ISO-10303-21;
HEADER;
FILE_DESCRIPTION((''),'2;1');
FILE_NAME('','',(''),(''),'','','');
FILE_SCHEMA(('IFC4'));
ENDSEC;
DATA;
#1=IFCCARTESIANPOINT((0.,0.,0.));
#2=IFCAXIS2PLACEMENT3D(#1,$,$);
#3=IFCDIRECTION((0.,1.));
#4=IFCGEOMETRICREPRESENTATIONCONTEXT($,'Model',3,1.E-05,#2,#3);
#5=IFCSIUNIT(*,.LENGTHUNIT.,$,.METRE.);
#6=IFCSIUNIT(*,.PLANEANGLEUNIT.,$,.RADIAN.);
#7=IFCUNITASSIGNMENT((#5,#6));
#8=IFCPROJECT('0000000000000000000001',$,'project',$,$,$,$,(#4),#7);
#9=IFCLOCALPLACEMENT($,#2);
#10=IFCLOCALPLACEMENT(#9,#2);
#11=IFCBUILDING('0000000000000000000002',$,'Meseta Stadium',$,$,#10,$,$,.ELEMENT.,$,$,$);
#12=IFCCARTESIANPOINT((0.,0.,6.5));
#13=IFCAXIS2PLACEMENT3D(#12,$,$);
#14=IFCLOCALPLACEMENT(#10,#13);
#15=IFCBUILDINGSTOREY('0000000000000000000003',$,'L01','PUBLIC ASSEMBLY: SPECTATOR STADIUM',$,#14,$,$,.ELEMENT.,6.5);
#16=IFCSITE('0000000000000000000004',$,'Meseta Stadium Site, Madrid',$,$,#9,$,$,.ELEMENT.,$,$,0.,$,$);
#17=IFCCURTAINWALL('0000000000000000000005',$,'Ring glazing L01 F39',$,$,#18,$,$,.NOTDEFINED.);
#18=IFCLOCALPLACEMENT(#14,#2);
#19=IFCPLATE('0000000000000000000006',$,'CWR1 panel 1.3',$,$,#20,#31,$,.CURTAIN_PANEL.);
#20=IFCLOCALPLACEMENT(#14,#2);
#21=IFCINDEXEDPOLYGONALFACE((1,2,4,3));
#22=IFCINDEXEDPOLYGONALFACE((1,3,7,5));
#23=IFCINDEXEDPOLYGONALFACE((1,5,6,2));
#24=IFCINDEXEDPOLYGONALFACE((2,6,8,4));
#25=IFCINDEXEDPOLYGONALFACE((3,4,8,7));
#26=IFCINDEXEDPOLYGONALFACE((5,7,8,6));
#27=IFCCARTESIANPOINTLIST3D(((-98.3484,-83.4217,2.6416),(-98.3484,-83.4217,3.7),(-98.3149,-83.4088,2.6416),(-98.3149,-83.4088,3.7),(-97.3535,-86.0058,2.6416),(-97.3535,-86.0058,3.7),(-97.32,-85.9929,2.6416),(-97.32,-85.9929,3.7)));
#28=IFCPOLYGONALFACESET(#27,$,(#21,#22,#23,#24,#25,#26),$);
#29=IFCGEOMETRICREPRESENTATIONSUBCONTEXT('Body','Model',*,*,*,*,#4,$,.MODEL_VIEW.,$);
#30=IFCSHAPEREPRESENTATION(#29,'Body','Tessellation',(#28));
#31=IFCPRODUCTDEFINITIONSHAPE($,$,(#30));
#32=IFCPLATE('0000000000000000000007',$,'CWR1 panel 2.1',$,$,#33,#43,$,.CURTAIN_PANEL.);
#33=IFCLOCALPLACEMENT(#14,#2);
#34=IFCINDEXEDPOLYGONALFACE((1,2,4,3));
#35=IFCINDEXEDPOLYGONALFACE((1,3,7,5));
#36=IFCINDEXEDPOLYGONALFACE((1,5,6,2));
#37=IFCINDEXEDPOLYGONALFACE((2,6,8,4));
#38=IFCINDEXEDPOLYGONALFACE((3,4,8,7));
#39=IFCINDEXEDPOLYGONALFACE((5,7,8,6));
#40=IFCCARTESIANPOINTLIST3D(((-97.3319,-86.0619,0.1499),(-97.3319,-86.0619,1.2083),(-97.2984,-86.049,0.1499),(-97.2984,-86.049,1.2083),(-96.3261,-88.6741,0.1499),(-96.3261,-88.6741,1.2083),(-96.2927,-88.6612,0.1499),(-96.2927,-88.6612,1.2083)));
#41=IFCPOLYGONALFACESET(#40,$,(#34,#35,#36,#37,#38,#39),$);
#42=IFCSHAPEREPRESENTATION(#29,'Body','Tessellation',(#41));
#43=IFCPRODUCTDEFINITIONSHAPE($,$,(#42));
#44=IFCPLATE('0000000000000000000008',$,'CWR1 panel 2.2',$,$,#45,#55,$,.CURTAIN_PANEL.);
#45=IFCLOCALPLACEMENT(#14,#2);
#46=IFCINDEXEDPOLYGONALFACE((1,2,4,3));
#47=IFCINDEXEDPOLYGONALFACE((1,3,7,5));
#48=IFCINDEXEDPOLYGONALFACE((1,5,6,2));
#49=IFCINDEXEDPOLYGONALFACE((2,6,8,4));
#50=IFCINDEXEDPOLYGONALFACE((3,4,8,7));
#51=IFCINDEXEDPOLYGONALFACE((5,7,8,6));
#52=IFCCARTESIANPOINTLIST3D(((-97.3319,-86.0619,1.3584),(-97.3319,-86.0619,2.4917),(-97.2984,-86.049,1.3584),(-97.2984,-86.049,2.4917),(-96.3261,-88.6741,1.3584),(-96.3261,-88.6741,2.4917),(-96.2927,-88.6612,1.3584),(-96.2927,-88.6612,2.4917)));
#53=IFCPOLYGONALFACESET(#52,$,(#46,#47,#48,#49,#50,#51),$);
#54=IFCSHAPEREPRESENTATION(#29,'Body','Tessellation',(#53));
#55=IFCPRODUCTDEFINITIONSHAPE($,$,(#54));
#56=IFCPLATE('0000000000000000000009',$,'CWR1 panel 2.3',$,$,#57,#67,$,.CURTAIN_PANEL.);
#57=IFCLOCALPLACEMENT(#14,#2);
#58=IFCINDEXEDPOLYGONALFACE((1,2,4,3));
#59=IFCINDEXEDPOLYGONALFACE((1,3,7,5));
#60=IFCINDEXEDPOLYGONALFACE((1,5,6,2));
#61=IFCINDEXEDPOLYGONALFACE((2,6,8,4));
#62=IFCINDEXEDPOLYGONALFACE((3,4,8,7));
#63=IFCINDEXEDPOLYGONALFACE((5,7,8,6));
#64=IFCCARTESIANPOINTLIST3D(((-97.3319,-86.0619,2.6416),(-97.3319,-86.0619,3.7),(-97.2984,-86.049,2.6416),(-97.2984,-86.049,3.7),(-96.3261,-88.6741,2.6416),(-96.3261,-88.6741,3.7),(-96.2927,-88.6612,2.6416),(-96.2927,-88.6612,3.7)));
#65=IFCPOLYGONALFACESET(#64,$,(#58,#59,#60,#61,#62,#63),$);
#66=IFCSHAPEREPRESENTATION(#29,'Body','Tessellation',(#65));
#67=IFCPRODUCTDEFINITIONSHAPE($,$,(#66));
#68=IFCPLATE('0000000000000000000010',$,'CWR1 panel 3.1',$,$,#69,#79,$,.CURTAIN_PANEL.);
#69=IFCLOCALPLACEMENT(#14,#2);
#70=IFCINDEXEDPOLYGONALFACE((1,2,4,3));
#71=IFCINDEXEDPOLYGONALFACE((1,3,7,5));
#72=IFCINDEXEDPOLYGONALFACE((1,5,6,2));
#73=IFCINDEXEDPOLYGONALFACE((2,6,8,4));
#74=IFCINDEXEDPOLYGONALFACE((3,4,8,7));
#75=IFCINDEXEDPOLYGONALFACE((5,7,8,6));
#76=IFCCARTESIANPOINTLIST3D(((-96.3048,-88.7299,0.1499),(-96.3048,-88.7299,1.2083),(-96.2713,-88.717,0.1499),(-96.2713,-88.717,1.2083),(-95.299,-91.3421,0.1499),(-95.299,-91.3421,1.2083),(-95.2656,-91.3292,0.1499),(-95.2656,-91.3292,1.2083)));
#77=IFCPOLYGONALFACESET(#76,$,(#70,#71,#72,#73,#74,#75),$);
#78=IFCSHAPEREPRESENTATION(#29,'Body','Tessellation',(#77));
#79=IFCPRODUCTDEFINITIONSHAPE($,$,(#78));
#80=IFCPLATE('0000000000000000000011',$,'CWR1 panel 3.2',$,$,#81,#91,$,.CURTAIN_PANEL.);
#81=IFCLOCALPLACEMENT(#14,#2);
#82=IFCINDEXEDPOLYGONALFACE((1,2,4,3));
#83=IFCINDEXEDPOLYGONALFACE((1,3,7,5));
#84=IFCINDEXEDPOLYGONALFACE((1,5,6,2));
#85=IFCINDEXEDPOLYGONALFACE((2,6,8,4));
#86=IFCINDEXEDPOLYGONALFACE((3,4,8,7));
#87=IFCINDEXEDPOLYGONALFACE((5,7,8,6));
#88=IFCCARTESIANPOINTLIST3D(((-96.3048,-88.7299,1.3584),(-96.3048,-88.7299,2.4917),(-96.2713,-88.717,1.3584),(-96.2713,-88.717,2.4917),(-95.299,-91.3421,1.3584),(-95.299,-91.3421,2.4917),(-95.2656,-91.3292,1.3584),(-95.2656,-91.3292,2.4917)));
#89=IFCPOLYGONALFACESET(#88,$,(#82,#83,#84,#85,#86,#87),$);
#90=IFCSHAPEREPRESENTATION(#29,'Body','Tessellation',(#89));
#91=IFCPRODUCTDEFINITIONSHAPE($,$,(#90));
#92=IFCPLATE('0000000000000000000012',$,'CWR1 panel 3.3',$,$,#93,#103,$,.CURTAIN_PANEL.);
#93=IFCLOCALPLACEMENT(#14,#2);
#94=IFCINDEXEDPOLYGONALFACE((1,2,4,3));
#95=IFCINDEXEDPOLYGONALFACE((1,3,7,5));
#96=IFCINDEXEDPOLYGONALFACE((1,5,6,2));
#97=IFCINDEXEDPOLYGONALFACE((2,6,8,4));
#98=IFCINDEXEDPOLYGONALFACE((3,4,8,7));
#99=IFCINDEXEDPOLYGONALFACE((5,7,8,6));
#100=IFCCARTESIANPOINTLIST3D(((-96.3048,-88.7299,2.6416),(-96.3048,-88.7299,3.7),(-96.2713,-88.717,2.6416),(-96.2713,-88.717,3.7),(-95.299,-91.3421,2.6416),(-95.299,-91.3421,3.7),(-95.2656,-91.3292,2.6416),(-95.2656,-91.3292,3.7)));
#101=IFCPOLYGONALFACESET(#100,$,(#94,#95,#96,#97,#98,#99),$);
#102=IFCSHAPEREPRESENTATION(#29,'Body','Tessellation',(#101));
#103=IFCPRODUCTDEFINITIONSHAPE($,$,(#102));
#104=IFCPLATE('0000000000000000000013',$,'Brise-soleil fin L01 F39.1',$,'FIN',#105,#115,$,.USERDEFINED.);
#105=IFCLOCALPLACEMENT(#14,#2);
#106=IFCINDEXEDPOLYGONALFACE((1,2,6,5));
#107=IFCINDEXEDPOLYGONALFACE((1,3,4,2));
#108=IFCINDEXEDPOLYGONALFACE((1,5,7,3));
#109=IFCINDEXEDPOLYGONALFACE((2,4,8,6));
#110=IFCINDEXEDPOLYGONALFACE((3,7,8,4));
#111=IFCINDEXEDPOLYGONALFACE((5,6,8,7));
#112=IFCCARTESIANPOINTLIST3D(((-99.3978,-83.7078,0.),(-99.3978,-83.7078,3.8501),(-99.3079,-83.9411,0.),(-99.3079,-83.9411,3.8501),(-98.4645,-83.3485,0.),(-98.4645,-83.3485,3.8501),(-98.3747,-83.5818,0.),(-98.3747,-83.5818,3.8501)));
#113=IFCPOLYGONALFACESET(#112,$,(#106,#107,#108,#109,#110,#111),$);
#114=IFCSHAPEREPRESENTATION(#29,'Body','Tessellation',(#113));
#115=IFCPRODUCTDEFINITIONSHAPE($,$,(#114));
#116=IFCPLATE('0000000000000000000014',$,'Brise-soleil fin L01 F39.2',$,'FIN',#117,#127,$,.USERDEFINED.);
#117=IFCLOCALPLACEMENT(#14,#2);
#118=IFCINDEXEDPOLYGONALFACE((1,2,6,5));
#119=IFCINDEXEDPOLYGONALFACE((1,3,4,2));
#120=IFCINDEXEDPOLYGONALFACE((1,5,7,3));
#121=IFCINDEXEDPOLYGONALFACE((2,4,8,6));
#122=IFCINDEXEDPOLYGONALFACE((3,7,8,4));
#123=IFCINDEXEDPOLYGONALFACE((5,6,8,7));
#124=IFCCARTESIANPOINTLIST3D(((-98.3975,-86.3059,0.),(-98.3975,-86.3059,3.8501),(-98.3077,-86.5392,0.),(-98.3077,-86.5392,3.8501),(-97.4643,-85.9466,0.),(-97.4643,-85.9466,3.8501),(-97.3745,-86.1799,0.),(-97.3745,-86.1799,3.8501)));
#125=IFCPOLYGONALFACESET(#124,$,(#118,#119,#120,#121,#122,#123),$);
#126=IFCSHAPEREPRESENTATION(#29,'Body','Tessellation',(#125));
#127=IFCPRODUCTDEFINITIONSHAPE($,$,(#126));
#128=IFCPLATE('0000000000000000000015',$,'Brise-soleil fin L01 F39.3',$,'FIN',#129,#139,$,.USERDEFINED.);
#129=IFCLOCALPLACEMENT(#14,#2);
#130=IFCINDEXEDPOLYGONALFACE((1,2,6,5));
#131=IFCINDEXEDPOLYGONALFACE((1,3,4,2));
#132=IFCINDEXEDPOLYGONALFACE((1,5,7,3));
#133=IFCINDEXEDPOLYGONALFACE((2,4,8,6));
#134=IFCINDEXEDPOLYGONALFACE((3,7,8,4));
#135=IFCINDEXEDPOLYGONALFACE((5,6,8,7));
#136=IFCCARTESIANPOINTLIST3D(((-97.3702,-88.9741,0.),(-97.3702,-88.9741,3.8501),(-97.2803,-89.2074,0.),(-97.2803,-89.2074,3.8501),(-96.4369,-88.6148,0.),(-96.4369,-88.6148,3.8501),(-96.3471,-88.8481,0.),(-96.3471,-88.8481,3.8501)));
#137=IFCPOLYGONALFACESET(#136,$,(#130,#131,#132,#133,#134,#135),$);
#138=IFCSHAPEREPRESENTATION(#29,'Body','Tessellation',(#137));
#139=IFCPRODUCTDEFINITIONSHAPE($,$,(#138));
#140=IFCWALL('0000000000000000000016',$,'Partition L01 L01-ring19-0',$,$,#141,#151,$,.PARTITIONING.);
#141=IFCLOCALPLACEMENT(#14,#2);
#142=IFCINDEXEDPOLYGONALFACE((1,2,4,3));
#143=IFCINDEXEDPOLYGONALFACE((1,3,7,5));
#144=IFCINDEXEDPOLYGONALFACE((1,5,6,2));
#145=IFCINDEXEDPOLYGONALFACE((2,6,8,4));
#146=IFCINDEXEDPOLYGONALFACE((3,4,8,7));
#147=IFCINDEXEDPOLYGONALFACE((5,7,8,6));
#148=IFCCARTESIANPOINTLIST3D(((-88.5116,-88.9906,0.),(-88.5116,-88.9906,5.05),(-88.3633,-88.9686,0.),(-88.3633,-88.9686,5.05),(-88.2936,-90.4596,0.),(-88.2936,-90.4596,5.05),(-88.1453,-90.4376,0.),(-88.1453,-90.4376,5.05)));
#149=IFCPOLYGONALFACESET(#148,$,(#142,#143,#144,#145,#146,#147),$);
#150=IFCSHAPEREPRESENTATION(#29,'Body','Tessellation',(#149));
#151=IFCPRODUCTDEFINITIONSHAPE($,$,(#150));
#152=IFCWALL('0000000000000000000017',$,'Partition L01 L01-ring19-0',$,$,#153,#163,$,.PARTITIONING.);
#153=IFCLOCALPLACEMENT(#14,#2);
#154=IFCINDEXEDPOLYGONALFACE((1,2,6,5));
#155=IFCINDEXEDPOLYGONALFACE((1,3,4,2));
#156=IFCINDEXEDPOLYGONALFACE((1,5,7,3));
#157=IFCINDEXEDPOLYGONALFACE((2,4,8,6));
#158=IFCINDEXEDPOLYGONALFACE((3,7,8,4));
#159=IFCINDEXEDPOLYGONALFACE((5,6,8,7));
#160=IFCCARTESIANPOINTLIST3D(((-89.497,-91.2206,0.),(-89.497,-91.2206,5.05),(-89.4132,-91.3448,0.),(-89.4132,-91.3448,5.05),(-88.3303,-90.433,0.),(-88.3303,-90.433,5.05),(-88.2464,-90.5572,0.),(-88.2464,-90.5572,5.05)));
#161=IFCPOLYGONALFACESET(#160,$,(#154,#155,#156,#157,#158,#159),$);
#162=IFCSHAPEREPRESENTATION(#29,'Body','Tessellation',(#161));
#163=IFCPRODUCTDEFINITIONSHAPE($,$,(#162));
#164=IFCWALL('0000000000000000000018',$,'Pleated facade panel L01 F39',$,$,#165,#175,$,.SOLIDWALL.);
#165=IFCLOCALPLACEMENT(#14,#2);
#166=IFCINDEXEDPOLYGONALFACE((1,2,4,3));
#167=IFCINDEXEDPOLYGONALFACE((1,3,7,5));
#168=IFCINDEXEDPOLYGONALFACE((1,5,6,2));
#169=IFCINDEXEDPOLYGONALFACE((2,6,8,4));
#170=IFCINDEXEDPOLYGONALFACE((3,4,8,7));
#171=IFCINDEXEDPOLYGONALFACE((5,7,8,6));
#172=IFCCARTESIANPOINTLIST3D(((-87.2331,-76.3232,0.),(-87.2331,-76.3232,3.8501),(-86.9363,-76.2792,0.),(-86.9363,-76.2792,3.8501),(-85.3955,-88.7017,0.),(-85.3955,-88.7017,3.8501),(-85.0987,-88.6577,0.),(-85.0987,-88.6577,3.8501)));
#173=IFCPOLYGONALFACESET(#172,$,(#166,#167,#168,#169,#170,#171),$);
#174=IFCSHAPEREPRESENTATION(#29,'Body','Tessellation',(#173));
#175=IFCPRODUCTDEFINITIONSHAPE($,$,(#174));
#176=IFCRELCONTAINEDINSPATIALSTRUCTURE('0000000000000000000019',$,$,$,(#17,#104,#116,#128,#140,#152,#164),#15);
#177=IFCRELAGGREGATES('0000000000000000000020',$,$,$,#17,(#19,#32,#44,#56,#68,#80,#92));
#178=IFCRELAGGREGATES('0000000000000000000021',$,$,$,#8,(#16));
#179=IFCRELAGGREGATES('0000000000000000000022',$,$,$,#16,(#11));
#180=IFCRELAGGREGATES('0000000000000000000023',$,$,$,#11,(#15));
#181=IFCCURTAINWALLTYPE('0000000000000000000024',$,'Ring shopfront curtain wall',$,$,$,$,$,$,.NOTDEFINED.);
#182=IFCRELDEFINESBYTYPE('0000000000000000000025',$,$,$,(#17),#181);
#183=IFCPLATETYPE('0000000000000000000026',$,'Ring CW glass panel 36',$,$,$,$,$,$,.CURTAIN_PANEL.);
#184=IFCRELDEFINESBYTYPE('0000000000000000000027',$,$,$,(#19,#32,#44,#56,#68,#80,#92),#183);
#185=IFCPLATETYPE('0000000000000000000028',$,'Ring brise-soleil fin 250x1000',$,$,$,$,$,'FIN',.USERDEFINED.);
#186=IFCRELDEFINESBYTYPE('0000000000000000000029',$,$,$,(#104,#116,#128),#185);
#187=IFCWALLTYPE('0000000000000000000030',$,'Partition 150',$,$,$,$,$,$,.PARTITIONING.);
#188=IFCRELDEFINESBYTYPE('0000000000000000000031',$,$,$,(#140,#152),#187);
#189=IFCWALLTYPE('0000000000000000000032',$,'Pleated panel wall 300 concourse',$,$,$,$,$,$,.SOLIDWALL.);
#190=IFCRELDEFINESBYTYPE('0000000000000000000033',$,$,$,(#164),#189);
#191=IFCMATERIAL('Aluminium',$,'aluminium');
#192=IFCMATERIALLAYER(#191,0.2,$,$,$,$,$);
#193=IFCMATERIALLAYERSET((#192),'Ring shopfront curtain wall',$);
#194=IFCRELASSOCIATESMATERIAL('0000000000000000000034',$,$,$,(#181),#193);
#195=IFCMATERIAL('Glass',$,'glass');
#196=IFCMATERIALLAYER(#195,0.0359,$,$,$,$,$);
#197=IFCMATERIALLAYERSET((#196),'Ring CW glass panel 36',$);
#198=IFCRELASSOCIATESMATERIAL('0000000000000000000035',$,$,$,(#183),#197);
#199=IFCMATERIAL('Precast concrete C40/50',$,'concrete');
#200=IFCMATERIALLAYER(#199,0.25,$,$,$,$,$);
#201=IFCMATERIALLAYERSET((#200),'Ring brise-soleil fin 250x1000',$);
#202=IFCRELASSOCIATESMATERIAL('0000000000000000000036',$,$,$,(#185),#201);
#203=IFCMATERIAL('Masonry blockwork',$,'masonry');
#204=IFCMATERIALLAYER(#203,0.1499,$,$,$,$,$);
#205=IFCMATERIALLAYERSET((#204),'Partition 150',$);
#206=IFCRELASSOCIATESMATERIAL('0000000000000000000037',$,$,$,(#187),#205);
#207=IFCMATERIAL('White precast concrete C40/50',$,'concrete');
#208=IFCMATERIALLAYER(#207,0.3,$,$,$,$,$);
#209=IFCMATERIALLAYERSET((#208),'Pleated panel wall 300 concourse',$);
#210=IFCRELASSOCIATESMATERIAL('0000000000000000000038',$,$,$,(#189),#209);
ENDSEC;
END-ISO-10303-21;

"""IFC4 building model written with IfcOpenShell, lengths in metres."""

from ifc_helpers import new_model, si_unit, direction, frame, frame_2d, origin, origin_2d, place, context, subcontext, project, spatial, rectangle, extrude, material, layer, layer_set, type_object, element, aggregate, save


model = new_model("IFC4")

# Units and contexts
model_context = context("Model", 3, precision=1e-05, world=origin(), true_north=direction((0.0, 1.0)))
body_context = subcontext(model_context, "Body", "Model", "MODEL_VIEW")
ifc_project = project(units=[si_unit("LENGTHUNIT", "METRE"), si_unit("PLANEANGLEUNIT", "RADIAN")], contexts=[model_context])

# Site, building, storey
site_placement = place(None, origin())
site = spatial("IfcSite", under=ifc_project, at=site_placement, Name="Meseta Stadium Site, Madrid", CompositionType="ELEMENT", RefElevation=0.0)
building_placement = place(site_placement, origin())
building = spatial("IfcBuilding", under=site, at=building_placement, Name="Meseta Stadium", CompositionType="ELEMENT")
storey_placement = place(building_placement, frame((0.0, 0.0, 6.5)))
storey = spatial("IfcBuildingStorey", under=building, at=storey_placement, Name="L01", Description="PUBLIC ASSEMBLY: SPECTATOR STADIUM", CompositionType="ELEMENT", Elevation=6.5)

# Curtain wall, plates
ifc_material_1 = material(Name="Aluminium", Category="aluminium")
ifc_layer_1 = layer(ifc_material_1, 0.2)
ifc_layer_set_1 = layer_set([ifc_layer_1], Name="Ring shopfront curtain wall")
curtain_wall_type = type_object("IfcCurtainWallType", Name="Ring shopfront curtain wall", PredefinedType="NOTDEFINED", material=ifc_layer_set_1)
curtain_wall_placement = place(storey_placement, origin())
curtain_wall = element("IfcCurtainWall", 1, at=curtain_wall_placement, inside=storey, type_object=curtain_wall_type, Name="Ring glazing L01 F39", PredefinedType="NOTDEFINED")
ifc_material_2 = material(Name="Glass", Category="glass")
ifc_layer_2 = layer(ifc_material_2, 0.0359)
ifc_layer_set_2 = layer_set([ifc_layer_2], Name="Ring CW glass panel 36")
plate_type_1 = type_object("IfcPlateType", Name="Ring CW glass panel 36", PredefinedType="CURTAIN_PANEL", material=ifc_layer_set_2)
plate_1_placement = place(storey_placement, frame((-97.8342, -84.7073, 2.6416), z_axis=(0.0, 0.0, 1.0), x_axis=(0.359302, -0.933221, 0.0)))
plate_1 = element("IfcPlate", 2, at=plate_1_placement, type_object=plate_type_1, Name="CWR1 panel 1.3", PredefinedType="CURTAIN_PANEL", context=body_context, shape_type="SweptSolid", body=[
    extrude(rectangle(XDim=2.769, YDim=0.0359, at=origin_2d()), origin(), (0.0, 0.0, 1.0), 1.0583),
])
plate_2_placement = place(storey_placement, frame((-96.8123, -87.3616, 0.1499), z_axis=(0.0, 0.0, 1.0), x_axis=(0.359302, -0.933221, 0.0)))
plate_2 = element("IfcPlate", 3, at=plate_2_placement, type_object=plate_type_1, Name="CWR1 panel 2.1", PredefinedType="CURTAIN_PANEL", context=body_context, shape_type="SweptSolid", body=[
    extrude(rectangle(XDim=2.7991, YDim=0.0359, at=origin_2d()), origin(), (0.0, 0.0, 1.0), 1.0583),
])
plate_3_placement = place(storey_placement, frame((-96.8123, -87.3616, 1.3584), z_axis=(0.0, 0.0, 1.0), x_axis=(0.359302, -0.933221, 0.0)))
plate_3 = element("IfcPlate", 4, at=plate_3_placement, type_object=plate_type_1, Name="CWR1 panel 2.2", PredefinedType="CURTAIN_PANEL", context=body_context, shape_type="SweptSolid", body=[
    extrude(rectangle(XDim=2.7991, YDim=0.0359, at=origin_2d()), origin(), (0.0, 0.0, 1.0), 1.1333),
])
plate_4_placement = place(storey_placement, frame((-96.8123, -87.3616, 2.6416), z_axis=(0.0, 0.0, 1.0), x_axis=(0.359302, -0.933221, 0.0)))
plate_4 = element("IfcPlate", 5, at=plate_4_placement, type_object=plate_type_1, Name="CWR1 panel 2.3", PredefinedType="CURTAIN_PANEL", context=body_context, shape_type="SweptSolid", body=[
    extrude(rectangle(XDim=2.7991, YDim=0.0359, at=origin_2d()), origin(), (0.0, 0.0, 1.0), 1.0583),
])
plate_5_placement = place(storey_placement, frame((-95.7852, -90.0295, 0.1499), z_axis=(0.0, 0.0, 1.0), x_axis=(0.359302, -0.933221, 0.0)))
plate_5 = element("IfcPlate", 6, at=plate_5_placement, type_object=plate_type_1, Name="CWR1 panel 3.1", PredefinedType="CURTAIN_PANEL", context=body_context, shape_type="SweptSolid", body=[
    extrude(rectangle(XDim=2.7991, YDim=0.0359, at=origin_2d()), origin(), (0.0, 0.0, 1.0), 1.0583),
])
plate_6_placement = place(storey_placement, frame((-95.7852, -90.0295, 1.3584), z_axis=(0.0, 0.0, 1.0), x_axis=(0.359302, -0.933221, 0.0)))
plate_6 = element("IfcPlate", 7, at=plate_6_placement, type_object=plate_type_1, Name="CWR1 panel 3.2", PredefinedType="CURTAIN_PANEL", context=body_context, shape_type="SweptSolid", body=[
    extrude(rectangle(XDim=2.7991, YDim=0.0359, at=origin_2d()), origin(), (0.0, 0.0, 1.0), 1.1333),
])
plate_7_placement = place(storey_placement, frame((-95.7852, -90.0295, 2.6416), z_axis=(0.0, 0.0, 1.0), x_axis=(0.359302, -0.933221, 0.0)))
plate_7 = element("IfcPlate", 8, at=plate_7_placement, type_object=plate_type_1, Name="CWR1 panel 3.3", PredefinedType="CURTAIN_PANEL", context=body_context, shape_type="SweptSolid", body=[
    extrude(rectangle(XDim=2.7991, YDim=0.0359, at=origin_2d()), origin(), (0.0, 0.0, 1.0), 1.0583),
])
aggregate(curtain_wall, [plate_1, plate_2, plate_3, plate_4, plate_5, plate_6, plate_7])

# Plates
ifc_material_3 = material(Name="Precast concrete C40/50", Category="concrete")
ifc_layer_3 = layer(ifc_material_3, 0.25)
ifc_layer_set_3 = layer_set([ifc_layer_3], Name="Ring brise-soleil fin 250x1000")
plate_type_2 = type_object("IfcPlateType", Name="Ring brise-soleil fin 250x1000", ElementType="FIN", PredefinedType="USERDEFINED", material=ifc_layer_set_3)
for number, where, z_axis, x_axis, name in (
    (9, (-98.8862, -83.6448, 0.0), (0.0, 0.0, 1.0), (0.359298, -0.933223, 0.0), "Brise-soleil fin L01 F39.1"),
    (10, (-97.886, -86.2429, 0.0), (0.0, 0.0, 1.0), (0.359298, -0.933223, 0.0), "Brise-soleil fin L01 F39.2"),
    (11, (-96.8586, -88.9111, 0.0), (0.0, 0.0, 1.0), (0.359298, -0.933223, 0.0), "Brise-soleil fin L01 F39.3"),
):
    element("IfcPlate", number, at=place(storey_placement, frame(where, z_axis=z_axis, x_axis=x_axis)), inside=storey, type_object=plate_type_2, Name=name, ObjectType="FIN", PredefinedType="USERDEFINED", context=body_context, shape_type="SweptSolid", body=[
        extrude(rectangle(XDim=0.25, YDim=1.0, at=origin_2d()), origin(), (0.0, 0.0, 1.0), 3.8501),
    ])

# Walls
ifc_material_4 = material(Name="Masonry blockwork", Category="masonry")
ifc_layer_4 = layer(ifc_material_4, 0.1499)
ifc_layer_set_4 = layer_set([ifc_layer_4], Name="Partition 150")
wall_type_1 = type_object("IfcWallType", Name="Partition 150", PredefinedType="PARTITIONING", material=ifc_layer_set_4)
wall_1_placement = place(storey_placement, frame((-88.4375, -88.9795, 0.0), z_axis=(0.0, 0.0, 1.0), x_axis=(0.146805, -0.989165, 0.0)))
element("IfcWall", 12, at=wall_1_placement, inside=storey, type_object=wall_type_1, Name="Partition L01 L01-ring19-0", PredefinedType="PARTITIONING", context=body_context, shape_type="SweptSolid", body=[
    extrude(rectangle(XDim=1.4851, YDim=0.1499, at=frame_2d((0.7427, 0.0))), origin(), (0.0, 0.0, 1.0), 5.05),
])
wall_2_placement = place(storey_placement, frame((-88.2883, -90.4951, 0.0), z_axis=(0.0, 0.0, 1.0), x_axis=(-0.828835, -0.559494, 0.0)))
element("IfcWall", 13, at=wall_2_placement, inside=storey, type_object=wall_type_1, Name="Partition L01 L01-ring19-0", PredefinedType="PARTITIONING", context=body_context, shape_type="SweptSolid", body=[
    extrude(rectangle(XDim=1.4077, YDim=0.1499, at=frame_2d((0.7039, 0.0))), origin(), (0.0, 0.0, 1.0), 5.05),
])
ifc_material_5 = material(Name="White precast concrete C40/50", Category="concrete")
ifc_layer_5 = layer(ifc_material_5, 0.3)
ifc_layer_set_5 = layer_set([ifc_layer_5], Name="Pleated panel wall 300 concourse")
wall_type_2 = type_object("IfcWallType", Name="Pleated panel wall 300 concourse", PredefinedType="SOLIDWALL", material=ifc_layer_set_5)
wall_3_placement = place(storey_placement, frame((-85.2471, -88.6797, 0.0), z_axis=(0.0, 0.0, 1.0), x_axis=(-0.146846, 0.989159, 0.0)))
element("IfcWall", 14, at=wall_3_placement, inside=storey, type_object=wall_type_2, Name="Pleated facade panel L01 F39", PredefinedType="SOLIDWALL", context=body_context, shape_type="SweptSolid", body=[
    extrude(rectangle(XDim=12.5142, YDim=0.3, at=frame_2d((6.2571, 0.0))), origin(), (0.0, 0.0, 1.0), 3.8501),
])

save(model, "model.ifc")
